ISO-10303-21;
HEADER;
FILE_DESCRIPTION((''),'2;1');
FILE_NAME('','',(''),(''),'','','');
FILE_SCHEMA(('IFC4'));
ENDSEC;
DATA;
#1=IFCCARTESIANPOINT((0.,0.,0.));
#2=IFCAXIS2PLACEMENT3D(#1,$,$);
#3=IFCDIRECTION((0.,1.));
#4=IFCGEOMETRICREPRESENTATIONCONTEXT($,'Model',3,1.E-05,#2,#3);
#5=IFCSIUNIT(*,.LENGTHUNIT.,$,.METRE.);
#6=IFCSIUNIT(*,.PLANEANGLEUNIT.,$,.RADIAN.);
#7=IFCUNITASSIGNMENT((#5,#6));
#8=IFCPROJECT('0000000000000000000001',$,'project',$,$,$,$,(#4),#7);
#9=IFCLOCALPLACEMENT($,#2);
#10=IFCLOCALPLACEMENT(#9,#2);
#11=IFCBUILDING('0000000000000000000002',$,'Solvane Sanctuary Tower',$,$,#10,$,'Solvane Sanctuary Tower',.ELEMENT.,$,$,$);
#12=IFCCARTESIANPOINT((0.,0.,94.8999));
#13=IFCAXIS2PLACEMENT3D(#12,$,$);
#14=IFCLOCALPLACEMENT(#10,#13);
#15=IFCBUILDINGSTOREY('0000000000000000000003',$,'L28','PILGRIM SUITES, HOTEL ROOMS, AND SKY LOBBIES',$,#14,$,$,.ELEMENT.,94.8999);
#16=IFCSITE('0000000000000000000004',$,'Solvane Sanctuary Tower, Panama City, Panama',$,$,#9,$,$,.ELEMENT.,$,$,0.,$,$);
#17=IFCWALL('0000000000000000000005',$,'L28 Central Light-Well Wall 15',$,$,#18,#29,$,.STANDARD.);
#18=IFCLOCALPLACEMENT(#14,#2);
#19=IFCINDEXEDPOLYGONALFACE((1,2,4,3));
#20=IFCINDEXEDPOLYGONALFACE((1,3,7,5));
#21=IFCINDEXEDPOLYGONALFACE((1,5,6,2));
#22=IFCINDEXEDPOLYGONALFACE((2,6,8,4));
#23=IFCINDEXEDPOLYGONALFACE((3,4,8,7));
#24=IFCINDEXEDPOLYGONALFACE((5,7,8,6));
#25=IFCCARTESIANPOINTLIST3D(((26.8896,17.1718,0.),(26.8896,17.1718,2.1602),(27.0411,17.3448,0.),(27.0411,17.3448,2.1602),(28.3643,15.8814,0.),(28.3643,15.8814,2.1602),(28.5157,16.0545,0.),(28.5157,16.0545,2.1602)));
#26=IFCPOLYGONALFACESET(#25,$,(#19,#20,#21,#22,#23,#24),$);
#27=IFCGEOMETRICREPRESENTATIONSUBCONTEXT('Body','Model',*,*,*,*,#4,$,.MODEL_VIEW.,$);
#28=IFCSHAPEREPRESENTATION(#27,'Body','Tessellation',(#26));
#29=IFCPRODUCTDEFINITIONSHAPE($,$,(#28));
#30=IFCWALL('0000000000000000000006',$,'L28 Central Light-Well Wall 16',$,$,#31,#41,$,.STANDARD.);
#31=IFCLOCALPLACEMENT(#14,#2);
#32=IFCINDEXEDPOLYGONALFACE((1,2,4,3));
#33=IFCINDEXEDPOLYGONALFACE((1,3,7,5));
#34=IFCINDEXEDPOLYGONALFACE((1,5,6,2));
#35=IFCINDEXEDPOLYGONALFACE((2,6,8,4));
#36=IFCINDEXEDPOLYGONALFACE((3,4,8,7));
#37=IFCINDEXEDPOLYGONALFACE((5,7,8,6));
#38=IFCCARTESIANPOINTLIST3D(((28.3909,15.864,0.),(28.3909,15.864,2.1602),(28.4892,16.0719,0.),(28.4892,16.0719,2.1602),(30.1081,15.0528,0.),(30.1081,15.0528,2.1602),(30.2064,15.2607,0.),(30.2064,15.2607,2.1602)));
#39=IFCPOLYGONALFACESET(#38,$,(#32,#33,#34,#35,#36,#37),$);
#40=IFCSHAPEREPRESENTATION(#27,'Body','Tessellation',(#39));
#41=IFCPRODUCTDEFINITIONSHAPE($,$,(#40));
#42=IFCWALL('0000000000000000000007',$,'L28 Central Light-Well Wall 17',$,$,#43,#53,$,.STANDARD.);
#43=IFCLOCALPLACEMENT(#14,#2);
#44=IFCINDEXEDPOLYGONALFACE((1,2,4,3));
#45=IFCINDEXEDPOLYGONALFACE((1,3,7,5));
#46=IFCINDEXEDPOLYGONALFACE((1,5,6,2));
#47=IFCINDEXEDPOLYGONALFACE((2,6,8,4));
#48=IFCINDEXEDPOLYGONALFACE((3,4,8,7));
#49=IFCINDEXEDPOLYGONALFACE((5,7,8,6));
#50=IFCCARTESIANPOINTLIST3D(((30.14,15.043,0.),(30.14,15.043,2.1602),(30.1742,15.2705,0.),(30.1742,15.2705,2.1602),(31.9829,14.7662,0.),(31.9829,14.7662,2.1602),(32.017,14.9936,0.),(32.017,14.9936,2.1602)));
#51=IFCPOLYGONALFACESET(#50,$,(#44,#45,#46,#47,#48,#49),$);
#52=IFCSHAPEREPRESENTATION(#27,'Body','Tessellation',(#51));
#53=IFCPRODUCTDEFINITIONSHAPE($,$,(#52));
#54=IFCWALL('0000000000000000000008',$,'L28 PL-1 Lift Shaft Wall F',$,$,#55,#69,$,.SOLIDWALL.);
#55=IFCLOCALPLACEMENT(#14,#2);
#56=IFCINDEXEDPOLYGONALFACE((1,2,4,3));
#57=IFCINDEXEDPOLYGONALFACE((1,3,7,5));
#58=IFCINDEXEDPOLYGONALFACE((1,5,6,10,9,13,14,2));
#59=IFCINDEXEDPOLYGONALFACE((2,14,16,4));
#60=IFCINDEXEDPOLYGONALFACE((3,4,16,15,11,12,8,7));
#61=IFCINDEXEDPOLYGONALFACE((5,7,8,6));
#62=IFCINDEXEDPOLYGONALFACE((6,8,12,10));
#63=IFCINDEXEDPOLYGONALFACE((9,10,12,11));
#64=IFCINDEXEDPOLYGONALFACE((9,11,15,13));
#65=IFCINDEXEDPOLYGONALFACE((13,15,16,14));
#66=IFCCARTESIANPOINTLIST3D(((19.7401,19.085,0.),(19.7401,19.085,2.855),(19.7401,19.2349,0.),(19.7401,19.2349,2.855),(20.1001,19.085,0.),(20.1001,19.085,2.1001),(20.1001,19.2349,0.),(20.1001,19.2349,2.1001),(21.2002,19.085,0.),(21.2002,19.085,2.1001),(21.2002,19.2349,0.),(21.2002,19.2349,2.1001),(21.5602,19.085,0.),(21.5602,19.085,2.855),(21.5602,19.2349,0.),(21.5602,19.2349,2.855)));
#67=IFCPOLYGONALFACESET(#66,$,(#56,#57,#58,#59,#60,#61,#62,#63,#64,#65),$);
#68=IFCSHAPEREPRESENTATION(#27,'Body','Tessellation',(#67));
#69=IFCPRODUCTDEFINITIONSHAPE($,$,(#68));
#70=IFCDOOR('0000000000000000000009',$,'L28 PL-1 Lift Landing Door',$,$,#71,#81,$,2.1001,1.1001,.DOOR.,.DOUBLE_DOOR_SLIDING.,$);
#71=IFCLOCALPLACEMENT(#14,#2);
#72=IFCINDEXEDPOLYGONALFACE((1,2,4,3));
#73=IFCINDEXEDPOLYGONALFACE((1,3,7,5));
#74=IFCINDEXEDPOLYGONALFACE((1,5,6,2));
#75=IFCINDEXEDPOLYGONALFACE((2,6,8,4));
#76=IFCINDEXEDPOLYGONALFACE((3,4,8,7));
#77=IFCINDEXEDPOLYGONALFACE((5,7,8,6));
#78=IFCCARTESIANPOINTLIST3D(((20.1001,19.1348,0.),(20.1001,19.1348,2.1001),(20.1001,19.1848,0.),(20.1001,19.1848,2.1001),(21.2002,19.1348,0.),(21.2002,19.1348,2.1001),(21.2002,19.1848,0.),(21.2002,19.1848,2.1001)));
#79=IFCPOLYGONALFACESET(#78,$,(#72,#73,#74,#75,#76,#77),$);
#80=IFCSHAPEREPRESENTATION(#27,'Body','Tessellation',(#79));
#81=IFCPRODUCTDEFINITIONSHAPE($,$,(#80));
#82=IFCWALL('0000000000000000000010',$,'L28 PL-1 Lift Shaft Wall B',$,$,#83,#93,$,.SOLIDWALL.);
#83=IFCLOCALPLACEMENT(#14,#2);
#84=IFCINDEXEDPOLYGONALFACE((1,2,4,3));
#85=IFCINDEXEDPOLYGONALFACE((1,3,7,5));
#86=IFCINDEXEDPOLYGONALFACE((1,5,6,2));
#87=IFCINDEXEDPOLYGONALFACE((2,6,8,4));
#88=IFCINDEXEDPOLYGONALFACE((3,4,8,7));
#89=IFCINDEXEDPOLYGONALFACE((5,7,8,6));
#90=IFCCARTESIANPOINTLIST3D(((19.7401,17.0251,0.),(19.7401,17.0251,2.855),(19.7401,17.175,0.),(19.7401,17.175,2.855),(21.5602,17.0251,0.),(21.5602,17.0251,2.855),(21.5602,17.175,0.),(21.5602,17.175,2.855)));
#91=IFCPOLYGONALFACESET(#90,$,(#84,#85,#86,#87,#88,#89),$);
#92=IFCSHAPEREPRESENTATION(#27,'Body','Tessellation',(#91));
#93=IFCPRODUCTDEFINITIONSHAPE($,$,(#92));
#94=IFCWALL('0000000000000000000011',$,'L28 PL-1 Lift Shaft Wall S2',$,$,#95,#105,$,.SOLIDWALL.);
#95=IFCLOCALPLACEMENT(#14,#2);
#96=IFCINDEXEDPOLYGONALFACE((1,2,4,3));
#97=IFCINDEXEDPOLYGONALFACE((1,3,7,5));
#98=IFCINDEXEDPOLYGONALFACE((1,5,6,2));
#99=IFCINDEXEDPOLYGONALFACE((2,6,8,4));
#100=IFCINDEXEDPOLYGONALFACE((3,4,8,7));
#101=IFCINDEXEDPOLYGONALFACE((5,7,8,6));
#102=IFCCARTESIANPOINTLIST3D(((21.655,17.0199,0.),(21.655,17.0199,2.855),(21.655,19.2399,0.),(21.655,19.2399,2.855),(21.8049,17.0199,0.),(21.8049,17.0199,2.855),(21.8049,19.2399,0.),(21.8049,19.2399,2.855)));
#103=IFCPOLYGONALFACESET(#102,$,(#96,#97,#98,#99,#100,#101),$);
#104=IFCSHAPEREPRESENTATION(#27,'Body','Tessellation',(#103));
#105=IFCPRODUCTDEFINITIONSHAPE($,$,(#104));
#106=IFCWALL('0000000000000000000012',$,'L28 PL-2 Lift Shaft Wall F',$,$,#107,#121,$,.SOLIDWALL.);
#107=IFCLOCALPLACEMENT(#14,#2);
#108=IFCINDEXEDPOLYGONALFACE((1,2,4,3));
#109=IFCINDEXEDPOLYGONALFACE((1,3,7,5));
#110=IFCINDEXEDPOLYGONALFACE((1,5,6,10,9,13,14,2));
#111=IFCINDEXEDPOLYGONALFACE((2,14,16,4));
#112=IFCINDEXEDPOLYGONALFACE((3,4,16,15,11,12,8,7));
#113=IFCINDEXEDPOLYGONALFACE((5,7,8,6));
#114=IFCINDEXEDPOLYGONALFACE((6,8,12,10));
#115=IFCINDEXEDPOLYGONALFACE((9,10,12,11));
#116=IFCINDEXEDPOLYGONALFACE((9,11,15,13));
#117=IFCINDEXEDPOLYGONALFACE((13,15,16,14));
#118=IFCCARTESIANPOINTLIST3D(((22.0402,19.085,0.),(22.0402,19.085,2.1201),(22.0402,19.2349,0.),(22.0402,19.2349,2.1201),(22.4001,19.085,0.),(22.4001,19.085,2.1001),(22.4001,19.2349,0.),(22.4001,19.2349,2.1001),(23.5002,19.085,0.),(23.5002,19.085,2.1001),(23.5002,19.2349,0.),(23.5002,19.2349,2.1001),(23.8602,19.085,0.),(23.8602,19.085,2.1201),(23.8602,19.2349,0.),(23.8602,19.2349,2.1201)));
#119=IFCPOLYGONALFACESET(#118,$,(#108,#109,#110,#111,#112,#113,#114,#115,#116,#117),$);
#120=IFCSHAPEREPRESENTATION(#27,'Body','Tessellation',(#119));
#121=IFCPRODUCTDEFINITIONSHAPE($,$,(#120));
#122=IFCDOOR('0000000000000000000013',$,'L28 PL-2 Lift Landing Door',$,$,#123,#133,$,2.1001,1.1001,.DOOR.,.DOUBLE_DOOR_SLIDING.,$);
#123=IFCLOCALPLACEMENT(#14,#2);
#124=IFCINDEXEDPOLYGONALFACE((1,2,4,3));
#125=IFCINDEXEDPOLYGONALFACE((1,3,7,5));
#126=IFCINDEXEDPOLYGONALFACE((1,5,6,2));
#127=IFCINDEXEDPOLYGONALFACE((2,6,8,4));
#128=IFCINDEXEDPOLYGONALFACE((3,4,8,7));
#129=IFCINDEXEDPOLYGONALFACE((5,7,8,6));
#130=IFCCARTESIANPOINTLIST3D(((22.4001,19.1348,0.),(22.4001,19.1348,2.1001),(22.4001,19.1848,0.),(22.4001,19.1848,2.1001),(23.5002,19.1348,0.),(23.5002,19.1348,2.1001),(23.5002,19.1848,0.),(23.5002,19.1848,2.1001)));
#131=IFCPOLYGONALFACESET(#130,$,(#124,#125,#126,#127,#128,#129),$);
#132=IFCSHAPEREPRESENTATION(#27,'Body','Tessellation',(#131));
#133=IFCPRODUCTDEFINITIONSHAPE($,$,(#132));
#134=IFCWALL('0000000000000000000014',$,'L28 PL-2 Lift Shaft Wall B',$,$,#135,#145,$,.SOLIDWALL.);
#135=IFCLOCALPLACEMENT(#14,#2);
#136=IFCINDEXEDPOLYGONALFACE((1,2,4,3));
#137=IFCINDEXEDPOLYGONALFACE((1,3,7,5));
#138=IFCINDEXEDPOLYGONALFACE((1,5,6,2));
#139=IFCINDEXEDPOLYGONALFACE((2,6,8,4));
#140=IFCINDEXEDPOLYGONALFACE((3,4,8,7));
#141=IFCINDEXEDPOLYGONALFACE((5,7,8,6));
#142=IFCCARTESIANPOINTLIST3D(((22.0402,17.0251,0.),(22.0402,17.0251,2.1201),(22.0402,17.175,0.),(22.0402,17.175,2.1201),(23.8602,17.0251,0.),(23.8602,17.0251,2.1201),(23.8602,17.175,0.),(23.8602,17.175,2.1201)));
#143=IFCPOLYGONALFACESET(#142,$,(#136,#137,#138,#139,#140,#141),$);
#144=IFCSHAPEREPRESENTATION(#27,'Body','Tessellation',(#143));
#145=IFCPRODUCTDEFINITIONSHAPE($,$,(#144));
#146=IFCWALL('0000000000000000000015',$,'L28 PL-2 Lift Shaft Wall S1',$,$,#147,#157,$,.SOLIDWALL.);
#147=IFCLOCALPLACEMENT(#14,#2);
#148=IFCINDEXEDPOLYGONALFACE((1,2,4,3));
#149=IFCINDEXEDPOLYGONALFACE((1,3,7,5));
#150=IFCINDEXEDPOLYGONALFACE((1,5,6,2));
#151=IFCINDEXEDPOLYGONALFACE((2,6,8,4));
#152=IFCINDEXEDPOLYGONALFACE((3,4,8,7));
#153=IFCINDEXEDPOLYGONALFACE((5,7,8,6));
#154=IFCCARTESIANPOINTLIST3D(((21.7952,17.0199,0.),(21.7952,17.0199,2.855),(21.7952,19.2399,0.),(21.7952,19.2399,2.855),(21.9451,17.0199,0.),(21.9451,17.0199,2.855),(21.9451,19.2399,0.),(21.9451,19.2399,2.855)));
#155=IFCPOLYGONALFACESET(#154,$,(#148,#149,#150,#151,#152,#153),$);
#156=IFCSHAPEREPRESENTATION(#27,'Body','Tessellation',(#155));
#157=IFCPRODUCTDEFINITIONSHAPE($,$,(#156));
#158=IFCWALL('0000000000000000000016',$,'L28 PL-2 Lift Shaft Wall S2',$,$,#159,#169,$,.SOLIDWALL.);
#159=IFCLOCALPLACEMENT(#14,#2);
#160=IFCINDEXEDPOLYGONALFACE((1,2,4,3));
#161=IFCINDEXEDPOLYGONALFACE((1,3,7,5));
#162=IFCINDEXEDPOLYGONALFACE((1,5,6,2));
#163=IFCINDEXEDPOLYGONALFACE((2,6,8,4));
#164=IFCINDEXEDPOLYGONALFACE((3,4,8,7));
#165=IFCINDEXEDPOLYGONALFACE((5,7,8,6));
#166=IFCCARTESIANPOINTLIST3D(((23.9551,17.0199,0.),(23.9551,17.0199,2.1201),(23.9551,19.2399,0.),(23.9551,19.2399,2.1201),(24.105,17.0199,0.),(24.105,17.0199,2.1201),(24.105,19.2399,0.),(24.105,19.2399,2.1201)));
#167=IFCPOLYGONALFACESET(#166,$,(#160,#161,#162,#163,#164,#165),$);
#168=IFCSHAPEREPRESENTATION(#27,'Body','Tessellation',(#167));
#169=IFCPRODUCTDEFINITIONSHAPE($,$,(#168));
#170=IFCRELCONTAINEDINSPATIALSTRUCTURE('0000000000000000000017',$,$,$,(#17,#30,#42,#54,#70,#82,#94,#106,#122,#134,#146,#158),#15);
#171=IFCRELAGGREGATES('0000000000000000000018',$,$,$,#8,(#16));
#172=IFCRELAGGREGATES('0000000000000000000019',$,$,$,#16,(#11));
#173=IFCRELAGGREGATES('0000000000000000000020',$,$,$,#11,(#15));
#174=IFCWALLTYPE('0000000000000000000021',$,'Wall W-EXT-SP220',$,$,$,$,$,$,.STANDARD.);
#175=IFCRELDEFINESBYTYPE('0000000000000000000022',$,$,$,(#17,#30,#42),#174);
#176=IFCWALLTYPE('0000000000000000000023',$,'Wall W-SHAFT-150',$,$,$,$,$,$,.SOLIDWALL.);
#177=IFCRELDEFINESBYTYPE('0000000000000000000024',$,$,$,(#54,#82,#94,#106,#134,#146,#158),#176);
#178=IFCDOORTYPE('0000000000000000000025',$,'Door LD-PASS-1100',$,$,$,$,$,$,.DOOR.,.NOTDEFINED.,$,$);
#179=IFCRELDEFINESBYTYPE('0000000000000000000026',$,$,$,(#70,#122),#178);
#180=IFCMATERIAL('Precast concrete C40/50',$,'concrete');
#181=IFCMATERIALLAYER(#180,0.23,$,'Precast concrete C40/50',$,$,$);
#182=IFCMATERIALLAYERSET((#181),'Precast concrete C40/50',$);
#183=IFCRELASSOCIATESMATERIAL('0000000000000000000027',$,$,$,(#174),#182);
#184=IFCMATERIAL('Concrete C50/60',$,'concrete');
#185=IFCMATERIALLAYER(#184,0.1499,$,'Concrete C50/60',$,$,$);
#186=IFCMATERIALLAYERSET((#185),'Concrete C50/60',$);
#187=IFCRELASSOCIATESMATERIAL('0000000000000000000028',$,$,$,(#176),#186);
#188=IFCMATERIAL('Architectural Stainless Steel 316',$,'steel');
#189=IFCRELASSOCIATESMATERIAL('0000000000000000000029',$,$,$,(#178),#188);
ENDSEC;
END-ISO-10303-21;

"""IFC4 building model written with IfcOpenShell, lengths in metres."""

from ifc_helpers import new_model, si_unit, direction, frame, frame_2d, origin, place, context, subcontext, project, spatial, rectangle, extrude, material, layer, layer_set, type_object, element, fill, save


model = new_model("IFC4")

# Units and contexts
model_context = context("Model", 3, precision=1e-05, world=origin(), true_north=direction((0.0, 1.0)))
body_context = subcontext(model_context, "Body", "Model", "MODEL_VIEW")
ifc_project = project(units=[si_unit("LENGTHUNIT", "METRE"), si_unit("PLANEANGLEUNIT", "RADIAN")], contexts=[model_context])

# Site, building, storey
site_placement = place(None, origin())
site = spatial("IfcSite", under=ifc_project, at=site_placement, Name="Solvane Sanctuary Tower, Panama City, Panama", CompositionType="ELEMENT", RefElevation=0.0)
building_placement = place(site_placement, origin())
building = spatial("IfcBuilding", under=site, at=building_placement, Name="Solvane Sanctuary Tower", LongName="Solvane Sanctuary Tower", CompositionType="ELEMENT")
storey_placement = place(building_placement, frame((0.0, 0.0, 94.8999)))
storey = spatial("IfcBuildingStorey", under=building, at=storey_placement, Name="L28", Description="PILGRIM SUITES, HOTEL ROOMS, AND SKY LOBBIES", CompositionType="ELEMENT", Elevation=94.8999)

# Walls
ifc_material_1 = material(Name="Precast concrete C40/50", Category="concrete")
ifc_layer_1 = layer(ifc_material_1, 0.23, Name="Precast concrete C40/50")
ifc_layer_set_1 = layer_set([ifc_layer_1], Name="Precast concrete C40/50")
wall_type_1 = type_object("IfcWallType", Name="Wall W-EXT-SP220", PredefinedType="STANDARD", material=ifc_layer_set_1)
wall_1_placement = place(storey_placement, frame((26.9653, 17.2583, 0.0), z_axis=(0.0, 0.0, 1.0), x_axis=(0.752577, -0.658505, 0.0)))
element("IfcWall", 1, at=wall_1_placement, inside=storey, type_object=wall_type_1, Name="L28 Central Light-Well Wall 15", PredefinedType="STANDARD", context=body_context, shape_type="SweptSolid", body=[
    extrude(rectangle(XDim=1.9595, YDim=0.23, at=frame_2d((0.9797, 0.0))), origin(), (0.0, 0.0, 1.0), 2.1602),
])
wall_2_placement = place(storey_placement, frame((28.4399, 15.968, 0.0), z_axis=(0.0, 0.0, 1.0), x_axis=(0.90418, -0.427152, 0.0)))
element("IfcWall", 2, at=wall_2_placement, inside=storey, type_object=wall_type_1, Name="L28 Central Light-Well Wall 16", PredefinedType="STANDARD", context=body_context, shape_type="SweptSolid", body=[
    extrude(rectangle(XDim=1.8992, YDim=0.23, at=frame_2d((0.9497, 0.0))), origin(), (0.0, 0.0, 1.0), 2.1602),
])
wall_3_placement = place(storey_placement, frame((30.1572, 15.1567, 0.0), z_axis=(0.0, 0.0, 1.0), x_axis=(0.988902, -0.148571, 0.0)))
element("IfcWall", 3, at=wall_3_placement, inside=storey, type_object=wall_type_1, Name="L28 Central Light-Well Wall 17", PredefinedType="STANDARD", context=body_context, shape_type="SweptSolid", body=[
    extrude(rectangle(XDim=1.8635, YDim=0.23, at=frame_2d((0.9316, 0.0))), origin(), (0.0, 0.0, 1.0), 2.1602),
])

# Wall, opening, door
ifc_material_2 = material(Name="Concrete C50/60", Category="concrete")
ifc_layer_2 = layer(ifc_material_2, 0.1499, Name="Concrete C50/60")
ifc_layer_set_2 = layer_set([ifc_layer_2], Name="Concrete C50/60")
wall_type_2 = type_object("IfcWallType", Name="Wall W-SHAFT-150", PredefinedType="SOLIDWALL", material=ifc_layer_set_2)
wall_4_placement = place(storey_placement, frame((19.74, 19.1599, 0.0), z_axis=(0.0, 0.0, 1.0), x_axis=(1.0, 0.0, 0.0)))
wall_4 = element("IfcWall", 4, at=wall_4_placement, inside=storey, type_object=wall_type_2, Name="L28 PL-1 Lift Shaft Wall F", PredefinedType="SOLIDWALL", context=body_context, shape_type="SweptSolid", body=[
    extrude(rectangle(XDim=1.8201, YDim=0.1499, at=frame_2d((0.9102, 0.0))), origin(), (0.0, 0.0, 1.0), 2.855),
])
opening_1_placement = place(wall_4_placement, frame((0.3601, 0.0, 0.0)))
opening_1 = element("IfcOpeningElement", 5, at=opening_1_placement, cuts=wall_4, PredefinedType="OPENING", context=body_context, shape_type="SweptSolid", body=[
    extrude(rectangle(XDim=1.1001, YDim=2.1001, at=frame_2d((0.55, 1.05))), frame((0.0, 0.085, 0.0), z_axis=(0.0, -1.0, 0.0), x_axis=(1.0, 0.0, 0.0)), (0.0, 0.0, 1.0), 0.1699),
])
ifc_material_3 = material(Name="Architectural Stainless Steel 316", Category="steel")
door_type = type_object("IfcDoorType", Name="Door LD-PASS-1100", OperationType="NOTDEFINED", PredefinedType="DOOR", material=ifc_material_3)
door_1_placement = place(opening_1_placement, origin())
door_1 = element("IfcDoor", 6, at=door_1_placement, inside=storey, type_object=door_type, Name="L28 PL-1 Lift Landing Door", OperationType="DOUBLE_DOOR_SLIDING", OverallHeight=2.1001, OverallWidth=1.1001, PredefinedType="DOOR", context=body_context, shape_type="SweptSolid", body=[
    extrude(rectangle(XDim=1.1001, YDim=2.1001, at=frame_2d((0.55, 1.05))), frame((0.0, 0.0249, 0.0), z_axis=(0.0, -1.0, 0.0), x_axis=(1.0, 0.0, 0.0)), (0.0, 0.0, 1.0), 0.05),
])
fill(opening_1, door_1)

# Walls
wall_5_placement = place(storey_placement, frame((19.74, 17.1001, 0.0), z_axis=(0.0, 0.0, 1.0), x_axis=(1.0, 0.0, 0.0)))
element("IfcWall", 7, at=wall_5_placement, inside=storey, type_object=wall_type_2, Name="L28 PL-1 Lift Shaft Wall B", PredefinedType="SOLIDWALL", context=body_context, shape_type="SweptSolid", body=[
    extrude(rectangle(XDim=1.8201, YDim=0.1499, at=frame_2d((0.9102, 0.0))), origin(), (0.0, 0.0, 1.0), 2.855),
])
wall_6_placement = place(storey_placement, frame((21.73, 17.02, 0.0), z_axis=(0.0, 0.0, 1.0), x_axis=(0.0, 1.0, 0.0)))
element("IfcWall", 8, at=wall_6_placement, inside=storey, type_object=wall_type_2, Name="L28 PL-1 Lift Shaft Wall S2", PredefinedType="SOLIDWALL", context=body_context, shape_type="SweptSolid", body=[
    extrude(rectangle(XDim=2.22, YDim=0.1499, at=frame_2d((1.1099, 0.0))), origin(), (0.0, 0.0, 1.0), 2.855),
])

# Wall, opening, door
wall_7_placement = place(storey_placement, frame((22.04, 19.1599, 0.0), z_axis=(0.0, 0.0, 1.0), x_axis=(1.0, 0.0, 0.0)))
wall_7 = element("IfcWall", 9, at=wall_7_placement, inside=storey, type_object=wall_type_2, Name="L28 PL-2 Lift Shaft Wall F", PredefinedType="SOLIDWALL", context=body_context, shape_type="SweptSolid", body=[
    extrude(rectangle(XDim=1.8201, YDim=0.1499, at=frame_2d((0.9102, 0.0))), origin(), (0.0, 0.0, 1.0), 2.1201),
])
opening_2_placement = place(wall_7_placement, frame((0.3601, 0.0, 0.0)))
opening_2 = element("IfcOpeningElement", 10, at=opening_2_placement, cuts=wall_7, PredefinedType="OPENING", context=body_context, shape_type="SweptSolid", body=[
    extrude(rectangle(XDim=1.1001, YDim=2.1001, at=frame_2d((0.55, 1.05))), frame((0.0, 0.085, 0.0), z_axis=(0.0, -1.0, 0.0), x_axis=(1.0, 0.0, 0.0)), (0.0, 0.0, 1.0), 0.1699),
])
door_2_placement = place(opening_2_placement, origin())
door_2 = element("IfcDoor", 11, at=door_2_placement, inside=storey, type_object=door_type, Name="L28 PL-2 Lift Landing Door", OperationType="DOUBLE_DOOR_SLIDING", OverallHeight=2.1001, OverallWidth=1.1001, PredefinedType="DOOR", context=body_context, shape_type="SweptSolid", body=[
    extrude(rectangle(XDim=1.1001, YDim=2.1001, at=frame_2d((0.55, 1.05))), frame((0.0, 0.0249, 0.0), z_axis=(0.0, -1.0, 0.0), x_axis=(1.0, 0.0, 0.0)), (0.0, 0.0, 1.0), 0.05),
])
fill(opening_2, door_2)

# Walls
wall_8_placement = place(storey_placement, frame((22.04, 17.1001, 0.0), z_axis=(0.0, 0.0, 1.0), x_axis=(1.0, 0.0, 0.0)))
element("IfcWall", 12, at=wall_8_placement, inside=storey, type_object=wall_type_2, Name="L28 PL-2 Lift Shaft Wall B", PredefinedType="SOLIDWALL", context=body_context, shape_type="SweptSolid", body=[
    extrude(rectangle(XDim=1.8201, YDim=0.1499, at=frame_2d((0.9102, 0.0))), origin(), (0.0, 0.0, 1.0), 2.1201),
])
wall_9_placement = place(storey_placement, frame((21.8701, 17.02, 0.0), z_axis=(0.0, 0.0, 1.0), x_axis=(0.0, 1.0, 0.0)))
element("IfcWall", 13, at=wall_9_placement, inside=storey, type_object=wall_type_2, Name="L28 PL-2 Lift Shaft Wall S1", PredefinedType="SOLIDWALL", context=body_context, shape_type="SweptSolid", body=[
    extrude(rectangle(XDim=2.22, YDim=0.1499, at=frame_2d((1.1099, 0.0))), origin(), (0.0, 0.0, 1.0), 2.855),
])
wall_10_placement = place(storey_placement, frame((24.03, 17.02, 0.0), z_axis=(0.0, 0.0, 1.0), x_axis=(0.0, 1.0, 0.0)))
element("IfcWall", 14, at=wall_10_placement, inside=storey, type_object=wall_type_2, Name="L28 PL-2 Lift Shaft Wall S2", PredefinedType="SOLIDWALL", context=body_context, shape_type="SweptSolid", body=[
    extrude(rectangle(XDim=2.22, YDim=0.1499, at=frame_2d((1.1099, 0.0))), origin(), (0.0, 0.0, 1.0), 2.1201),
])

save(model, "model.ifc")
